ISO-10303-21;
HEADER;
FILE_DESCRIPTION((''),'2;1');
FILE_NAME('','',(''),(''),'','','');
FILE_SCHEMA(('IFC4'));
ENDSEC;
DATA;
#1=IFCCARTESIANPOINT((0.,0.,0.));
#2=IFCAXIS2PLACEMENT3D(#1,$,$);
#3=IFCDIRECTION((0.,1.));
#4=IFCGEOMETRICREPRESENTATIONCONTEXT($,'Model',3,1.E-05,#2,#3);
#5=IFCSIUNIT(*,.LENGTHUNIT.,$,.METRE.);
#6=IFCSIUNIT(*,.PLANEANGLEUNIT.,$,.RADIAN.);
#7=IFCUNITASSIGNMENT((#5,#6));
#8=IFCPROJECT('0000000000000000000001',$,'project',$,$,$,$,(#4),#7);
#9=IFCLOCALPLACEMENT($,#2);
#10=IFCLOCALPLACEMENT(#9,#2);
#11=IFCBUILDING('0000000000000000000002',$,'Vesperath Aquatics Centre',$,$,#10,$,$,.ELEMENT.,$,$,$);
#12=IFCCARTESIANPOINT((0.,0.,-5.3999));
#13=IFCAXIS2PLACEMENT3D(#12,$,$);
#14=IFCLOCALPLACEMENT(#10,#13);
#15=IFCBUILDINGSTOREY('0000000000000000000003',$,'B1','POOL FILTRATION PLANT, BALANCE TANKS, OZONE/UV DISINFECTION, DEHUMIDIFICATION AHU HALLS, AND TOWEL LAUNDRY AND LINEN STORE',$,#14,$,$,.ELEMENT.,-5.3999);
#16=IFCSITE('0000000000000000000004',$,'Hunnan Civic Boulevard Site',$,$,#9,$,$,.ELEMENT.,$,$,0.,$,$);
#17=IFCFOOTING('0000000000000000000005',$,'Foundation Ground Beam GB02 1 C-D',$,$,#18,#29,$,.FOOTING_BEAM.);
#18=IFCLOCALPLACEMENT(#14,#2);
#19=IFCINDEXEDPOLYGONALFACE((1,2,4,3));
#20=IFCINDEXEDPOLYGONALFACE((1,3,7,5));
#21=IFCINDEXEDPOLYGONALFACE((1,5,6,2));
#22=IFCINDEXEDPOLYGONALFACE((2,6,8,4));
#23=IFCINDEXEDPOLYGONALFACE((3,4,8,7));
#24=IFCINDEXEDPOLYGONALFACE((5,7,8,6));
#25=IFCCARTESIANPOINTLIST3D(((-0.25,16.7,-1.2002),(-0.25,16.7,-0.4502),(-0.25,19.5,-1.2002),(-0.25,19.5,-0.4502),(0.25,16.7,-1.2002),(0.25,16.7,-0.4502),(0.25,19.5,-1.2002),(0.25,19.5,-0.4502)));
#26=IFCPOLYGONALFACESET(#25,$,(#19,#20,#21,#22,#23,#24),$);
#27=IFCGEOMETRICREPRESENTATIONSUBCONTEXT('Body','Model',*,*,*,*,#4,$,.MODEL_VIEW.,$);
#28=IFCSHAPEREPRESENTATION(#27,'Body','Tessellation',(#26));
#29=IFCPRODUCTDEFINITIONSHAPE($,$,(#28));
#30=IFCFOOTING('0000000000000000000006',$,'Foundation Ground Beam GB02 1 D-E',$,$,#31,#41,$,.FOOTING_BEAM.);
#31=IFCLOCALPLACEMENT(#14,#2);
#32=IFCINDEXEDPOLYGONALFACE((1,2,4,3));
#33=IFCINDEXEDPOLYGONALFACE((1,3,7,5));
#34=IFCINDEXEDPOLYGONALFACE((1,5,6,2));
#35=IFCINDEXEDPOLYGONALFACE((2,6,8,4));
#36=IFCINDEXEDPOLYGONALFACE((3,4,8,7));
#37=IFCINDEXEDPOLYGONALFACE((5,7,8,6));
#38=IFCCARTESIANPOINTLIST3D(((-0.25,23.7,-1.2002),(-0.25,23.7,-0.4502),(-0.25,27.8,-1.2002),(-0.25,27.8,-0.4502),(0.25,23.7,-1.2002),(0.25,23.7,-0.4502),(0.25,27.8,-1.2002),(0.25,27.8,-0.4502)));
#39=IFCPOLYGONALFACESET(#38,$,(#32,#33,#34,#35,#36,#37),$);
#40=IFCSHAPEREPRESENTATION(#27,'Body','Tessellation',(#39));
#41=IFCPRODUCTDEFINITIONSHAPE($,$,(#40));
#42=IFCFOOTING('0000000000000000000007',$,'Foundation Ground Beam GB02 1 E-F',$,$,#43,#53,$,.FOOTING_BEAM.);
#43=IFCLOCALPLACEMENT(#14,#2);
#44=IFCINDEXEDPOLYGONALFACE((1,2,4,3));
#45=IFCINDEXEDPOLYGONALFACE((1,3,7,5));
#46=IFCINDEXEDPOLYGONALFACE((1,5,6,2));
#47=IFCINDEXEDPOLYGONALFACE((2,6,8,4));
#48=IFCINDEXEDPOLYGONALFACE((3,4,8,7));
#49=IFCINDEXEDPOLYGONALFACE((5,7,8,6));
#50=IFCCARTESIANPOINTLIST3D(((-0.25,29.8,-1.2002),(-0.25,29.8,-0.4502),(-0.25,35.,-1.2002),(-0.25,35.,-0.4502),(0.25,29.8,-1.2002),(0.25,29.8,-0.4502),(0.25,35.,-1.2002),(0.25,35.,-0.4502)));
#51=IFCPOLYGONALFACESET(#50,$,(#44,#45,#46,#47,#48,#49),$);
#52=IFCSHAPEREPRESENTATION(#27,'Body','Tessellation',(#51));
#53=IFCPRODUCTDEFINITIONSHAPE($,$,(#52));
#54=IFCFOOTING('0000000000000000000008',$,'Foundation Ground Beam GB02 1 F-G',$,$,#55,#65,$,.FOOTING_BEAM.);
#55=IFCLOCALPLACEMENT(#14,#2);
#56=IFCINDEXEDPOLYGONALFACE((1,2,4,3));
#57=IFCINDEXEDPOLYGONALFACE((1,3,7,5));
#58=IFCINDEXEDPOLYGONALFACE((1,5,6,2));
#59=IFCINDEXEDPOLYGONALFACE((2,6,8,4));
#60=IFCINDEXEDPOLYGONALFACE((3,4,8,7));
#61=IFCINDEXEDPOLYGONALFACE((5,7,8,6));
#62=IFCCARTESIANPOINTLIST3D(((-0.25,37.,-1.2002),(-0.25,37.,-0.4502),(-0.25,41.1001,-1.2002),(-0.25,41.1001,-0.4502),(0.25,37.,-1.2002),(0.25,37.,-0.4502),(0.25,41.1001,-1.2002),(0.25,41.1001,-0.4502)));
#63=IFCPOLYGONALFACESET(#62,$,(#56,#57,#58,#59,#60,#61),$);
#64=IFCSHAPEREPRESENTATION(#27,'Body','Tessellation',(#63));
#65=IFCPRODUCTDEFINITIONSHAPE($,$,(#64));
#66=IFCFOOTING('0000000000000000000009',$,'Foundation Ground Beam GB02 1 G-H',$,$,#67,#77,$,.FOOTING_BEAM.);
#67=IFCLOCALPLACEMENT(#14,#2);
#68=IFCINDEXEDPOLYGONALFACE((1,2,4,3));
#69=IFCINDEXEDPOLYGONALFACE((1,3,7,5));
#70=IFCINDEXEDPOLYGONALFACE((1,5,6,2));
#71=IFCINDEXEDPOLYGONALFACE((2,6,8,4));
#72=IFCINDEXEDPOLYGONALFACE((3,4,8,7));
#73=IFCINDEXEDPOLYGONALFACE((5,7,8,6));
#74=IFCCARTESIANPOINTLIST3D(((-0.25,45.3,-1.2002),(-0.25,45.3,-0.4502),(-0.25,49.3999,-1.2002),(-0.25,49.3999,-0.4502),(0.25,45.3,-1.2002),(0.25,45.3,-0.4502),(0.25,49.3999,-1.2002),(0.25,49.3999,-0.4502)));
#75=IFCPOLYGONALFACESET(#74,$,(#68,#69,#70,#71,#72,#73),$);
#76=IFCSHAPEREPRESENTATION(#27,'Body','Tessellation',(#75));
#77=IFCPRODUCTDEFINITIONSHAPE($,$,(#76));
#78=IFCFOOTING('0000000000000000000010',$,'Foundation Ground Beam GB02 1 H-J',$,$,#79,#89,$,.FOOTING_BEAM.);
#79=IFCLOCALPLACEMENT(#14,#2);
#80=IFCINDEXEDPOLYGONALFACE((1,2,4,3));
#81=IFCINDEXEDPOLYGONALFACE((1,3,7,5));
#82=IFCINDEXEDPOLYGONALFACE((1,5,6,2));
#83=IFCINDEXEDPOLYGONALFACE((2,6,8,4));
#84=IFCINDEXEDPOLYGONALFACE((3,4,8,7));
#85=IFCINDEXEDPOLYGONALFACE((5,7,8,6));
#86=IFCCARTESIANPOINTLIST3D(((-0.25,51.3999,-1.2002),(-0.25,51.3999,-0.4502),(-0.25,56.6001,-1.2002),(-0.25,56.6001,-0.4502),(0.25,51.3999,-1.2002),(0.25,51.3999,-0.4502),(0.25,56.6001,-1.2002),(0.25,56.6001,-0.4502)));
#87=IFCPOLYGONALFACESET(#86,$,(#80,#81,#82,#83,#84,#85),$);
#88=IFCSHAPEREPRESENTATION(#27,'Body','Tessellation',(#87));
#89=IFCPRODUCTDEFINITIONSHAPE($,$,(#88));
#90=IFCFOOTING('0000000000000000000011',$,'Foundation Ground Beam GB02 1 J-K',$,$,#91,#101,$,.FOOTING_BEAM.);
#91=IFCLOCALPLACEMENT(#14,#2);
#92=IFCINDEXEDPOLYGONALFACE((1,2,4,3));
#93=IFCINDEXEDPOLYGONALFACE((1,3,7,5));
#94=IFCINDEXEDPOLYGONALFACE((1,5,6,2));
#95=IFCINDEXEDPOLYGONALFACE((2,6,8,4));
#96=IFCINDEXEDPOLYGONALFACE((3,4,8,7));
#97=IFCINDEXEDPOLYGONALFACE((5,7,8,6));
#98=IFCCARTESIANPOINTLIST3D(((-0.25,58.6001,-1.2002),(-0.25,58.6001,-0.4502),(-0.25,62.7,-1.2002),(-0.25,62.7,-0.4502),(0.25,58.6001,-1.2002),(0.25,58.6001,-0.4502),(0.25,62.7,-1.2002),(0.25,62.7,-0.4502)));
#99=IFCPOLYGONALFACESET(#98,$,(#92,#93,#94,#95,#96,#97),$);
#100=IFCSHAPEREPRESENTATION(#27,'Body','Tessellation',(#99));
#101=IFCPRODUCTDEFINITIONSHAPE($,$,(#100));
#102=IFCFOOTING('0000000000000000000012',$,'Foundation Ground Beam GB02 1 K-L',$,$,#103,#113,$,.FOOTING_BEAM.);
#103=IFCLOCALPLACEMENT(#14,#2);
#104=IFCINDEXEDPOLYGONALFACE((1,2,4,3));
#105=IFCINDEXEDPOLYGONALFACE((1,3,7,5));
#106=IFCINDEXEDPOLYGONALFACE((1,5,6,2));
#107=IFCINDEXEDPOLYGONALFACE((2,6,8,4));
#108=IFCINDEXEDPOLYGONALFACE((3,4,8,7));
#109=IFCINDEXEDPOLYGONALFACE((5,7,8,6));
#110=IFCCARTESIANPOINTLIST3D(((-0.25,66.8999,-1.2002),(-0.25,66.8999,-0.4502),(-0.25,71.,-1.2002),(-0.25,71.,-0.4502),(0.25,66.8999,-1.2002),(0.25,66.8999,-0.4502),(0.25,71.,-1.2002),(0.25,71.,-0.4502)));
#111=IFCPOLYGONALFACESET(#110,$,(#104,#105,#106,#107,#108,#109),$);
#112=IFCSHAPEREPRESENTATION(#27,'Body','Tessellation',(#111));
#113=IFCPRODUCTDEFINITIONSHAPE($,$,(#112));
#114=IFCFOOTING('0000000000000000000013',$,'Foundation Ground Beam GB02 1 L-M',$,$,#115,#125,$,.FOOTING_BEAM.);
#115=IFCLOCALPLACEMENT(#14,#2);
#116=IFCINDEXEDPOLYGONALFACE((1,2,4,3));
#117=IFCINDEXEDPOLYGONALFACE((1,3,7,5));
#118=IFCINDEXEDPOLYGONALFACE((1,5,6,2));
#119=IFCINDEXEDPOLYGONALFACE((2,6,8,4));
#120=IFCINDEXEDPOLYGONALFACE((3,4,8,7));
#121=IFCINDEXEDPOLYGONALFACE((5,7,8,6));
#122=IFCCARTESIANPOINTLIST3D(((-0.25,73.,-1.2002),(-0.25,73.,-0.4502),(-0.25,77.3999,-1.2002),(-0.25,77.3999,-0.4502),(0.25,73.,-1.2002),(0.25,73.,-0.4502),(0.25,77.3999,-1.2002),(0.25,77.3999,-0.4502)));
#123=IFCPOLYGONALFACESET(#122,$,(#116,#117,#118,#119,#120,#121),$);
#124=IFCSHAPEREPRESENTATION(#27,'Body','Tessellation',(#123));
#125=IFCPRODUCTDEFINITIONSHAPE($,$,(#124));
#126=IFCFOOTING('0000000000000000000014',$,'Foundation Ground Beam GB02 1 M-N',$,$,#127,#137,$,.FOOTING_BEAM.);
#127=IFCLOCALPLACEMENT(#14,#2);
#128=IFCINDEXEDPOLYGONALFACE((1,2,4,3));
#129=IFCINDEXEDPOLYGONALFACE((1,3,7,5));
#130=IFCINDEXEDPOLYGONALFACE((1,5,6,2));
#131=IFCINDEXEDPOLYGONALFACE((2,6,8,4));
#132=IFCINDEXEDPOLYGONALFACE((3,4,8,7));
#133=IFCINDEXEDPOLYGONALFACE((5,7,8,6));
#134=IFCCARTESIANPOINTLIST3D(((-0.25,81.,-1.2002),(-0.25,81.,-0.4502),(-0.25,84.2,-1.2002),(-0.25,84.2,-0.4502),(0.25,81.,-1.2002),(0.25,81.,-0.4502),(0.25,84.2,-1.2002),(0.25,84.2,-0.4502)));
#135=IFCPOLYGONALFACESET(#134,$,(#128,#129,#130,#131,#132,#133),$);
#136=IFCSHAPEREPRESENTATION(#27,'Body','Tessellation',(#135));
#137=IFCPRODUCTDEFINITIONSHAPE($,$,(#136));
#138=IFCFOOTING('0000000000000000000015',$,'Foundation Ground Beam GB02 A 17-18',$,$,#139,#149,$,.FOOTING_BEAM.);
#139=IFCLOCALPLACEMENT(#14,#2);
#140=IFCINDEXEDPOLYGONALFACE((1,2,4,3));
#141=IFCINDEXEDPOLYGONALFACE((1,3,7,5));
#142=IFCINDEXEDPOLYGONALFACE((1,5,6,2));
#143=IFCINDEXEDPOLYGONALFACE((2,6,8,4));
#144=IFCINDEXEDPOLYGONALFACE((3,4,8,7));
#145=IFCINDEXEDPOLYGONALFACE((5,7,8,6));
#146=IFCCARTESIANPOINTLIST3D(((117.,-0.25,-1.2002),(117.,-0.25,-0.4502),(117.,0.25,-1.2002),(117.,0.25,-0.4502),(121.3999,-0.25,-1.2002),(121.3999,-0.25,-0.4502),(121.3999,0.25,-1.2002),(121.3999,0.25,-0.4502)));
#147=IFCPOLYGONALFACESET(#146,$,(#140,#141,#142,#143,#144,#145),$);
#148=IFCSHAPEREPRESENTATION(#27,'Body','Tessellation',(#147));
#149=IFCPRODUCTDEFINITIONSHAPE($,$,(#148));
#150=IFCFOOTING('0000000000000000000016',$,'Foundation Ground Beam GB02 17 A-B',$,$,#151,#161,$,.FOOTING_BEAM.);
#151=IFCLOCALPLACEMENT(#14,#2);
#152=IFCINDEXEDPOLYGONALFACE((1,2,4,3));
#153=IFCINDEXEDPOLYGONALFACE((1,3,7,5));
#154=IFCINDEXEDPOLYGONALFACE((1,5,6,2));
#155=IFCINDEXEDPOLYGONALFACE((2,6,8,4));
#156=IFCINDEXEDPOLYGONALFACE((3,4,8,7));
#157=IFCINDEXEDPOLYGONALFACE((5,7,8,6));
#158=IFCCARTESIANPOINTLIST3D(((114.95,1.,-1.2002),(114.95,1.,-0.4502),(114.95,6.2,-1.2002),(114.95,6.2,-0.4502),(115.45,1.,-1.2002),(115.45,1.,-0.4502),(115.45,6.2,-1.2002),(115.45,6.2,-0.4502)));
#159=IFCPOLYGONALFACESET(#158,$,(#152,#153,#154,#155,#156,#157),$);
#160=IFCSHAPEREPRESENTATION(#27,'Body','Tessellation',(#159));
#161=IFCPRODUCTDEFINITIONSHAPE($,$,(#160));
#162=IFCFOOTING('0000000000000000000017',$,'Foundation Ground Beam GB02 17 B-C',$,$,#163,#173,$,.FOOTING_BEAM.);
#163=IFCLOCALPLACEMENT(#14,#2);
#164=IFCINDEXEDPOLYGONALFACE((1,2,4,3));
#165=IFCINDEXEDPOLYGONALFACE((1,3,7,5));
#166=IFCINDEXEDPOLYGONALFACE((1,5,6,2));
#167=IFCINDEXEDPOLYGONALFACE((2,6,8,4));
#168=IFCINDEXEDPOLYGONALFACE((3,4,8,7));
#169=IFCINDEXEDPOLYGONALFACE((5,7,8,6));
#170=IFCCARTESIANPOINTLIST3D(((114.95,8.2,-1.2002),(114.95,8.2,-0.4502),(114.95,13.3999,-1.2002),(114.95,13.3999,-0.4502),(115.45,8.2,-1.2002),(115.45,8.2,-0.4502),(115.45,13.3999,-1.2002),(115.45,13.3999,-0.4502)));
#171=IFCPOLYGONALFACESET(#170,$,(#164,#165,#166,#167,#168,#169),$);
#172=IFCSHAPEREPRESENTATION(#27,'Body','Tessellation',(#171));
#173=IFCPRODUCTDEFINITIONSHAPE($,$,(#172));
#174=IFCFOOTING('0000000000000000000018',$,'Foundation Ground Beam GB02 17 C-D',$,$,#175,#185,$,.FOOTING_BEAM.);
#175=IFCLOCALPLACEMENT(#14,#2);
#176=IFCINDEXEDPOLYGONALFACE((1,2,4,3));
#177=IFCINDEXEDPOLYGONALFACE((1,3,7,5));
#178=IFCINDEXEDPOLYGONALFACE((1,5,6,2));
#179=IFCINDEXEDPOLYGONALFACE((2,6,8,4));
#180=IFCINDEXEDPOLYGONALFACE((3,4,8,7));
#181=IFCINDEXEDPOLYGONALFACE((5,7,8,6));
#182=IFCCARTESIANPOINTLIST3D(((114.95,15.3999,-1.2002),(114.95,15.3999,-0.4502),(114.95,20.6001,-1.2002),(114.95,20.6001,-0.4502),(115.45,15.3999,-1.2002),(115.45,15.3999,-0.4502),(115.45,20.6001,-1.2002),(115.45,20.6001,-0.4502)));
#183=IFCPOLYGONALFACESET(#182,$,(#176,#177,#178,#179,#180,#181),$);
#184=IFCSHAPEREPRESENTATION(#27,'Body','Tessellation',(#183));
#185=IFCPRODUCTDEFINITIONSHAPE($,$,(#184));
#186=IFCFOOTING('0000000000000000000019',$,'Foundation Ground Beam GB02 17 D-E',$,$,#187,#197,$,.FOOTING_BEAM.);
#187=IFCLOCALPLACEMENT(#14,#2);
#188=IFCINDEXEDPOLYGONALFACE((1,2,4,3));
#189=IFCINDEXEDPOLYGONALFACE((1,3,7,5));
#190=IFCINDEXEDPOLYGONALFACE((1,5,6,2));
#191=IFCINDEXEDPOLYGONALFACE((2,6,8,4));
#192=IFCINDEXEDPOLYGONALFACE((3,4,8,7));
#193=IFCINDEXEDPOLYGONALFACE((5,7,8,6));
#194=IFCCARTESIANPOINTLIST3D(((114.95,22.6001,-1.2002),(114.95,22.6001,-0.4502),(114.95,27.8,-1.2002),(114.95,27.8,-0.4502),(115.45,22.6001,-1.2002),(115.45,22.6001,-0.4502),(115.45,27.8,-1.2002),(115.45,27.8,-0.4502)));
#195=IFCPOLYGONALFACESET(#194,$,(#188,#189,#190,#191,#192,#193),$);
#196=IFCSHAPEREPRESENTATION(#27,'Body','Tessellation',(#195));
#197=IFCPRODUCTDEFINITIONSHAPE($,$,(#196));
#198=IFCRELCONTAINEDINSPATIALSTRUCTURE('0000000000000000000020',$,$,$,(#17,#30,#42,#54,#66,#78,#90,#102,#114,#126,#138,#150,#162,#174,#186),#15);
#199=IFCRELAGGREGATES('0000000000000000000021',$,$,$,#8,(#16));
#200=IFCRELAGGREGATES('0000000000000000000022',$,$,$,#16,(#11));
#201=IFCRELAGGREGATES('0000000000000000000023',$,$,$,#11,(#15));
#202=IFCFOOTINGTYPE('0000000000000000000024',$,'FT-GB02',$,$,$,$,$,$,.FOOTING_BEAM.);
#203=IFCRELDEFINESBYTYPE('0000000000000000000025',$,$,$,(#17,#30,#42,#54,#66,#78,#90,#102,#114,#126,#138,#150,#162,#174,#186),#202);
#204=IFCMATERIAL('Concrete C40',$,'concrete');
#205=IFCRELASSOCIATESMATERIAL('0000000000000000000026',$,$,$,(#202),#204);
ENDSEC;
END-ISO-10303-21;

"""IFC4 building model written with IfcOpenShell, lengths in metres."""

from ifc_helpers import new_model, si_unit, direction, frame, origin, place, context, subcontext, project, spatial, polyline, outline, extrude, material, type_object, element, save


model = new_model("IFC4")

# Units and contexts
model_context = context("Model", 3, precision=1e-05, world=origin(), true_north=direction((0.0, 1.0)))
body_context = subcontext(model_context, "Body", "Model", "MODEL_VIEW")
ifc_project = project(units=[si_unit("LENGTHUNIT", "METRE"), si_unit("PLANEANGLEUNIT", "RADIAN")], contexts=[model_context])

# Site, building, storey
site_placement = place(None, origin())
site = spatial("IfcSite", under=ifc_project, at=site_placement, Name="Hunnan Civic Boulevard Site", CompositionType="ELEMENT", RefElevation=0.0)
building_placement = place(site_placement, origin())
building = spatial("IfcBuilding", under=site, at=building_placement, Name="Vesperath Aquatics Centre", CompositionType="ELEMENT")
storey_placement = place(building_placement, frame((0.0, 0.0, -5.3999)))
storey = spatial("IfcBuildingStorey", under=building, at=storey_placement, Name="B1", Description="POOL FILTRATION PLANT, BALANCE TANKS, OZONE/UV DISINFECTION, DEHUMIDIFICATION AHU HALLS, AND TOWEL LAUNDRY AND LINEN STORE", CompositionType="ELEMENT", Elevation=-5.3999)

# Footings
ifc_material = material(Name="Concrete C40", Category="concrete")
footing_type_1 = type_object("IfcFootingType", Name="FT-GB02", PredefinedType="FOOTING_BEAM", material=ifc_material)
footing_1_placement = place(storey_placement, frame((0.0, 0.0, -1.2002)))
element("IfcFooting", 1, at=footing_1_placement, inside=storey, type_object=footing_type_1, Name="Foundation Ground Beam GB02 1 C-D", PredefinedType="FOOTING_BEAM", context=body_context, shape_type="SweptSolid", body=[
    extrude(outline(polyline([(-0.25, 16.7), (0.25, 16.7), (0.25, 19.5), (-0.25, 19.5), (-0.25, 16.7)])), origin(), (0.0, 0.0, 1.0), 0.75),
])
footing_2_placement = place(storey_placement, frame((0.0, 0.0, -1.2002)))
element("IfcFooting", 2, at=footing_2_placement, inside=storey, type_object=footing_type_1, Name="Foundation Ground Beam GB02 1 D-E", PredefinedType="FOOTING_BEAM", context=body_context, shape_type="SweptSolid", body=[
    extrude(outline(polyline([(-0.25, 23.7), (0.25, 23.7), (0.25, 27.8), (-0.25, 27.8), (-0.25, 23.7)])), origin(), (0.0, 0.0, 1.0), 0.75),
])
footing_3_placement = place(storey_placement, frame((0.0, 0.0, -1.2002)))
element("IfcFooting", 3, at=footing_3_placement, inside=storey, type_object=footing_type_1, Name="Foundation Ground Beam GB02 1 E-F", PredefinedType="FOOTING_BEAM", context=body_context, shape_type="SweptSolid", body=[
    extrude(outline(polyline([(-0.25, 29.8), (0.25, 29.8), (0.25, 35.0), (-0.25, 35.0), (-0.25, 29.8)])), origin(), (0.0, 0.0, 1.0), 0.75),
])
footing_4_placement = place(storey_placement, frame((0.0, 0.0, -1.2002)))
element("IfcFooting", 4, at=footing_4_placement, inside=storey, type_object=footing_type_1, Name="Foundation Ground Beam GB02 1 F-G", PredefinedType="FOOTING_BEAM", context=body_context, shape_type="SweptSolid", body=[
    extrude(outline(polyline([(-0.25, 37.0), (0.25, 37.0), (0.25, 41.1001), (-0.25, 41.1001), (-0.25, 37.0)])), origin(), (0.0, 0.0, 1.0), 0.75),
])
footing_5_placement = place(storey_placement, frame((0.0, 0.0, -1.2002)))
element("IfcFooting", 5, at=footing_5_placement, inside=storey, type_object=footing_type_1, Name="Foundation Ground Beam GB02 1 G-H", PredefinedType="FOOTING_BEAM", context=body_context, shape_type="SweptSolid", body=[
    extrude(outline(polyline([(-0.25, 45.3), (0.25, 45.3), (0.25, 49.3999), (-0.25, 49.3999), (-0.25, 45.3)])), origin(), (0.0, 0.0, 1.0), 0.75),
])
footing_6_placement = place(storey_placement, frame((0.0, 0.0, -1.2002)))
element("IfcFooting", 6, at=footing_6_placement, inside=storey, type_object=footing_type_1, Name="Foundation Ground Beam GB02 1 H-J", PredefinedType="FOOTING_BEAM", context=body_context, shape_type="SweptSolid", body=[
    extrude(outline(polyline([(-0.25, 51.3999), (0.25, 51.3999), (0.25, 56.6001), (-0.25, 56.6001), (-0.25, 51.3999)])), origin(), (0.0, 0.0, 1.0), 0.75),
])
footing_7_placement = place(storey_placement, frame((0.0, 0.0, -1.2002)))
element("IfcFooting", 7, at=footing_7_placement, inside=storey, type_object=footing_type_1, Name="Foundation Ground Beam GB02 1 J-K", PredefinedType="FOOTING_BEAM", context=body_context, shape_type="SweptSolid", body=[
    extrude(outline(polyline([(-0.25, 58.6001), (0.25, 58.6001), (0.25, 62.7), (-0.25, 62.7), (-0.25, 58.6001)])), origin(), (0.0, 0.0, 1.0), 0.75),
])
footing_8_placement = place(storey_placement, frame((0.0, 0.0, -1.2002)))
element("IfcFooting", 8, at=footing_8_placement, inside=storey, type_object=footing_type_1, Name="Foundation Ground Beam GB02 1 K-L", PredefinedType="FOOTING_BEAM", context=body_context, shape_type="SweptSolid", body=[
    extrude(outline(polyline([(-0.25, 66.8999), (0.25, 66.8999), (0.25, 71.0), (-0.25, 71.0), (-0.25, 66.8999)])), origin(), (0.0, 0.0, 1.0), 0.75),
])
footing_9_placement = place(storey_placement, frame((0.0, 0.0, -1.2002)))
element("IfcFooting", 9, at=footing_9_placement, inside=storey, type_object=footing_type_1, Name="Foundation Ground Beam GB02 1 L-M", PredefinedType="FOOTING_BEAM", context=body_context, shape_type="SweptSolid", body=[
    extrude(outline(polyline([(-0.25, 73.0), (0.25, 73.0), (0.25, 77.3999), (-0.25, 77.3999), (-0.25, 73.0)])), origin(), (0.0, 0.0, 1.0), 0.75),
])
footing_10_placement = place(storey_placement, frame((0.0, 0.0, -1.2002)))
element("IfcFooting", 10, at=footing_10_placement, inside=storey, type_object=footing_type_1, Name="Foundation Ground Beam GB02 1 M-N", PredefinedType="FOOTING_BEAM", context=body_context, shape_type="SweptSolid", body=[
    extrude(outline(polyline([(-0.25, 81.0), (0.25, 81.0), (0.25, 84.2), (-0.25, 84.2), (-0.25, 81.0)])), origin(), (0.0, 0.0, 1.0), 0.75),
])
footing_11_placement = place(storey_placement, frame((0.0, 0.0, -1.2002)))
element("IfcFooting", 11, at=footing_11_placement, inside=storey, type_object=footing_type_1, Name="Foundation Ground Beam GB02 A 17-18", PredefinedType="FOOTING_BEAM", context=body_context, shape_type="SweptSolid", body=[
    extrude(outline(polyline([(117.0, -0.25), (121.3999, -0.25), (121.3999, 0.25), (117.0, 0.25), (117.0, -0.25)])), origin(), (0.0, 0.0, 1.0), 0.75),
])
footing_12_placement = place(storey_placement, frame((0.0, 0.0, -1.2002)))
element("IfcFooting", 12, at=footing_12_placement, inside=storey, type_object=footing_type_1, Name="Foundation Ground Beam GB02 17 A-B", PredefinedType="FOOTING_BEAM", context=body_context, shape_type="SweptSolid", body=[
    extrude(outline(polyline([(114.95, 1.0), (115.45, 1.0), (115.45, 6.2), (114.95, 6.2), (114.95, 1.0)])), origin(), (0.0, 0.0, 1.0), 0.75),
])
footing_13_placement = place(storey_placement, frame((0.0, 0.0, -1.2002)))
element("IfcFooting", 13, at=footing_13_placement, inside=storey, type_object=footing_type_1, Name="Foundation Ground Beam GB02 17 B-C", PredefinedType="FOOTING_BEAM", context=body_context, shape_type="SweptSolid", body=[
    extrude(outline(polyline([(114.95, 8.2), (115.45, 8.2), (115.45, 13.3999), (114.95, 13.3999), (114.95, 8.2)])), origin(), (0.0, 0.0, 1.0), 0.75),
])
footing_14_placement = place(storey_placement, frame((0.0, 0.0, -1.2002)))
element("IfcFooting", 14, at=footing_14_placement, inside=storey, type_object=footing_type_1, Name="Foundation Ground Beam GB02 17 C-D", PredefinedType="FOOTING_BEAM", context=body_context, shape_type="SweptSolid", body=[
    extrude(outline(polyline([(114.95, 15.3999), (115.45, 15.3999), (115.45, 20.6001), (114.95, 20.6001), (114.95, 15.3999)])), origin(), (0.0, 0.0, 1.0), 0.75),
])
footing_15_placement = place(storey_placement, frame((0.0, 0.0, -1.2002)))
element("IfcFooting", 15, at=footing_15_placement, inside=storey, type_object=footing_type_1, Name="Foundation Ground Beam GB02 17 D-E", PredefinedType="FOOTING_BEAM", context=body_context, shape_type="SweptSolid", body=[
    extrude(outline(polyline([(114.95, 22.6001), (115.45, 22.6001), (115.45, 27.8), (114.95, 27.8), (114.95, 22.6001)])), origin(), (0.0, 0.0, 1.0), 0.75),
])

save(model, "model.ifc")
